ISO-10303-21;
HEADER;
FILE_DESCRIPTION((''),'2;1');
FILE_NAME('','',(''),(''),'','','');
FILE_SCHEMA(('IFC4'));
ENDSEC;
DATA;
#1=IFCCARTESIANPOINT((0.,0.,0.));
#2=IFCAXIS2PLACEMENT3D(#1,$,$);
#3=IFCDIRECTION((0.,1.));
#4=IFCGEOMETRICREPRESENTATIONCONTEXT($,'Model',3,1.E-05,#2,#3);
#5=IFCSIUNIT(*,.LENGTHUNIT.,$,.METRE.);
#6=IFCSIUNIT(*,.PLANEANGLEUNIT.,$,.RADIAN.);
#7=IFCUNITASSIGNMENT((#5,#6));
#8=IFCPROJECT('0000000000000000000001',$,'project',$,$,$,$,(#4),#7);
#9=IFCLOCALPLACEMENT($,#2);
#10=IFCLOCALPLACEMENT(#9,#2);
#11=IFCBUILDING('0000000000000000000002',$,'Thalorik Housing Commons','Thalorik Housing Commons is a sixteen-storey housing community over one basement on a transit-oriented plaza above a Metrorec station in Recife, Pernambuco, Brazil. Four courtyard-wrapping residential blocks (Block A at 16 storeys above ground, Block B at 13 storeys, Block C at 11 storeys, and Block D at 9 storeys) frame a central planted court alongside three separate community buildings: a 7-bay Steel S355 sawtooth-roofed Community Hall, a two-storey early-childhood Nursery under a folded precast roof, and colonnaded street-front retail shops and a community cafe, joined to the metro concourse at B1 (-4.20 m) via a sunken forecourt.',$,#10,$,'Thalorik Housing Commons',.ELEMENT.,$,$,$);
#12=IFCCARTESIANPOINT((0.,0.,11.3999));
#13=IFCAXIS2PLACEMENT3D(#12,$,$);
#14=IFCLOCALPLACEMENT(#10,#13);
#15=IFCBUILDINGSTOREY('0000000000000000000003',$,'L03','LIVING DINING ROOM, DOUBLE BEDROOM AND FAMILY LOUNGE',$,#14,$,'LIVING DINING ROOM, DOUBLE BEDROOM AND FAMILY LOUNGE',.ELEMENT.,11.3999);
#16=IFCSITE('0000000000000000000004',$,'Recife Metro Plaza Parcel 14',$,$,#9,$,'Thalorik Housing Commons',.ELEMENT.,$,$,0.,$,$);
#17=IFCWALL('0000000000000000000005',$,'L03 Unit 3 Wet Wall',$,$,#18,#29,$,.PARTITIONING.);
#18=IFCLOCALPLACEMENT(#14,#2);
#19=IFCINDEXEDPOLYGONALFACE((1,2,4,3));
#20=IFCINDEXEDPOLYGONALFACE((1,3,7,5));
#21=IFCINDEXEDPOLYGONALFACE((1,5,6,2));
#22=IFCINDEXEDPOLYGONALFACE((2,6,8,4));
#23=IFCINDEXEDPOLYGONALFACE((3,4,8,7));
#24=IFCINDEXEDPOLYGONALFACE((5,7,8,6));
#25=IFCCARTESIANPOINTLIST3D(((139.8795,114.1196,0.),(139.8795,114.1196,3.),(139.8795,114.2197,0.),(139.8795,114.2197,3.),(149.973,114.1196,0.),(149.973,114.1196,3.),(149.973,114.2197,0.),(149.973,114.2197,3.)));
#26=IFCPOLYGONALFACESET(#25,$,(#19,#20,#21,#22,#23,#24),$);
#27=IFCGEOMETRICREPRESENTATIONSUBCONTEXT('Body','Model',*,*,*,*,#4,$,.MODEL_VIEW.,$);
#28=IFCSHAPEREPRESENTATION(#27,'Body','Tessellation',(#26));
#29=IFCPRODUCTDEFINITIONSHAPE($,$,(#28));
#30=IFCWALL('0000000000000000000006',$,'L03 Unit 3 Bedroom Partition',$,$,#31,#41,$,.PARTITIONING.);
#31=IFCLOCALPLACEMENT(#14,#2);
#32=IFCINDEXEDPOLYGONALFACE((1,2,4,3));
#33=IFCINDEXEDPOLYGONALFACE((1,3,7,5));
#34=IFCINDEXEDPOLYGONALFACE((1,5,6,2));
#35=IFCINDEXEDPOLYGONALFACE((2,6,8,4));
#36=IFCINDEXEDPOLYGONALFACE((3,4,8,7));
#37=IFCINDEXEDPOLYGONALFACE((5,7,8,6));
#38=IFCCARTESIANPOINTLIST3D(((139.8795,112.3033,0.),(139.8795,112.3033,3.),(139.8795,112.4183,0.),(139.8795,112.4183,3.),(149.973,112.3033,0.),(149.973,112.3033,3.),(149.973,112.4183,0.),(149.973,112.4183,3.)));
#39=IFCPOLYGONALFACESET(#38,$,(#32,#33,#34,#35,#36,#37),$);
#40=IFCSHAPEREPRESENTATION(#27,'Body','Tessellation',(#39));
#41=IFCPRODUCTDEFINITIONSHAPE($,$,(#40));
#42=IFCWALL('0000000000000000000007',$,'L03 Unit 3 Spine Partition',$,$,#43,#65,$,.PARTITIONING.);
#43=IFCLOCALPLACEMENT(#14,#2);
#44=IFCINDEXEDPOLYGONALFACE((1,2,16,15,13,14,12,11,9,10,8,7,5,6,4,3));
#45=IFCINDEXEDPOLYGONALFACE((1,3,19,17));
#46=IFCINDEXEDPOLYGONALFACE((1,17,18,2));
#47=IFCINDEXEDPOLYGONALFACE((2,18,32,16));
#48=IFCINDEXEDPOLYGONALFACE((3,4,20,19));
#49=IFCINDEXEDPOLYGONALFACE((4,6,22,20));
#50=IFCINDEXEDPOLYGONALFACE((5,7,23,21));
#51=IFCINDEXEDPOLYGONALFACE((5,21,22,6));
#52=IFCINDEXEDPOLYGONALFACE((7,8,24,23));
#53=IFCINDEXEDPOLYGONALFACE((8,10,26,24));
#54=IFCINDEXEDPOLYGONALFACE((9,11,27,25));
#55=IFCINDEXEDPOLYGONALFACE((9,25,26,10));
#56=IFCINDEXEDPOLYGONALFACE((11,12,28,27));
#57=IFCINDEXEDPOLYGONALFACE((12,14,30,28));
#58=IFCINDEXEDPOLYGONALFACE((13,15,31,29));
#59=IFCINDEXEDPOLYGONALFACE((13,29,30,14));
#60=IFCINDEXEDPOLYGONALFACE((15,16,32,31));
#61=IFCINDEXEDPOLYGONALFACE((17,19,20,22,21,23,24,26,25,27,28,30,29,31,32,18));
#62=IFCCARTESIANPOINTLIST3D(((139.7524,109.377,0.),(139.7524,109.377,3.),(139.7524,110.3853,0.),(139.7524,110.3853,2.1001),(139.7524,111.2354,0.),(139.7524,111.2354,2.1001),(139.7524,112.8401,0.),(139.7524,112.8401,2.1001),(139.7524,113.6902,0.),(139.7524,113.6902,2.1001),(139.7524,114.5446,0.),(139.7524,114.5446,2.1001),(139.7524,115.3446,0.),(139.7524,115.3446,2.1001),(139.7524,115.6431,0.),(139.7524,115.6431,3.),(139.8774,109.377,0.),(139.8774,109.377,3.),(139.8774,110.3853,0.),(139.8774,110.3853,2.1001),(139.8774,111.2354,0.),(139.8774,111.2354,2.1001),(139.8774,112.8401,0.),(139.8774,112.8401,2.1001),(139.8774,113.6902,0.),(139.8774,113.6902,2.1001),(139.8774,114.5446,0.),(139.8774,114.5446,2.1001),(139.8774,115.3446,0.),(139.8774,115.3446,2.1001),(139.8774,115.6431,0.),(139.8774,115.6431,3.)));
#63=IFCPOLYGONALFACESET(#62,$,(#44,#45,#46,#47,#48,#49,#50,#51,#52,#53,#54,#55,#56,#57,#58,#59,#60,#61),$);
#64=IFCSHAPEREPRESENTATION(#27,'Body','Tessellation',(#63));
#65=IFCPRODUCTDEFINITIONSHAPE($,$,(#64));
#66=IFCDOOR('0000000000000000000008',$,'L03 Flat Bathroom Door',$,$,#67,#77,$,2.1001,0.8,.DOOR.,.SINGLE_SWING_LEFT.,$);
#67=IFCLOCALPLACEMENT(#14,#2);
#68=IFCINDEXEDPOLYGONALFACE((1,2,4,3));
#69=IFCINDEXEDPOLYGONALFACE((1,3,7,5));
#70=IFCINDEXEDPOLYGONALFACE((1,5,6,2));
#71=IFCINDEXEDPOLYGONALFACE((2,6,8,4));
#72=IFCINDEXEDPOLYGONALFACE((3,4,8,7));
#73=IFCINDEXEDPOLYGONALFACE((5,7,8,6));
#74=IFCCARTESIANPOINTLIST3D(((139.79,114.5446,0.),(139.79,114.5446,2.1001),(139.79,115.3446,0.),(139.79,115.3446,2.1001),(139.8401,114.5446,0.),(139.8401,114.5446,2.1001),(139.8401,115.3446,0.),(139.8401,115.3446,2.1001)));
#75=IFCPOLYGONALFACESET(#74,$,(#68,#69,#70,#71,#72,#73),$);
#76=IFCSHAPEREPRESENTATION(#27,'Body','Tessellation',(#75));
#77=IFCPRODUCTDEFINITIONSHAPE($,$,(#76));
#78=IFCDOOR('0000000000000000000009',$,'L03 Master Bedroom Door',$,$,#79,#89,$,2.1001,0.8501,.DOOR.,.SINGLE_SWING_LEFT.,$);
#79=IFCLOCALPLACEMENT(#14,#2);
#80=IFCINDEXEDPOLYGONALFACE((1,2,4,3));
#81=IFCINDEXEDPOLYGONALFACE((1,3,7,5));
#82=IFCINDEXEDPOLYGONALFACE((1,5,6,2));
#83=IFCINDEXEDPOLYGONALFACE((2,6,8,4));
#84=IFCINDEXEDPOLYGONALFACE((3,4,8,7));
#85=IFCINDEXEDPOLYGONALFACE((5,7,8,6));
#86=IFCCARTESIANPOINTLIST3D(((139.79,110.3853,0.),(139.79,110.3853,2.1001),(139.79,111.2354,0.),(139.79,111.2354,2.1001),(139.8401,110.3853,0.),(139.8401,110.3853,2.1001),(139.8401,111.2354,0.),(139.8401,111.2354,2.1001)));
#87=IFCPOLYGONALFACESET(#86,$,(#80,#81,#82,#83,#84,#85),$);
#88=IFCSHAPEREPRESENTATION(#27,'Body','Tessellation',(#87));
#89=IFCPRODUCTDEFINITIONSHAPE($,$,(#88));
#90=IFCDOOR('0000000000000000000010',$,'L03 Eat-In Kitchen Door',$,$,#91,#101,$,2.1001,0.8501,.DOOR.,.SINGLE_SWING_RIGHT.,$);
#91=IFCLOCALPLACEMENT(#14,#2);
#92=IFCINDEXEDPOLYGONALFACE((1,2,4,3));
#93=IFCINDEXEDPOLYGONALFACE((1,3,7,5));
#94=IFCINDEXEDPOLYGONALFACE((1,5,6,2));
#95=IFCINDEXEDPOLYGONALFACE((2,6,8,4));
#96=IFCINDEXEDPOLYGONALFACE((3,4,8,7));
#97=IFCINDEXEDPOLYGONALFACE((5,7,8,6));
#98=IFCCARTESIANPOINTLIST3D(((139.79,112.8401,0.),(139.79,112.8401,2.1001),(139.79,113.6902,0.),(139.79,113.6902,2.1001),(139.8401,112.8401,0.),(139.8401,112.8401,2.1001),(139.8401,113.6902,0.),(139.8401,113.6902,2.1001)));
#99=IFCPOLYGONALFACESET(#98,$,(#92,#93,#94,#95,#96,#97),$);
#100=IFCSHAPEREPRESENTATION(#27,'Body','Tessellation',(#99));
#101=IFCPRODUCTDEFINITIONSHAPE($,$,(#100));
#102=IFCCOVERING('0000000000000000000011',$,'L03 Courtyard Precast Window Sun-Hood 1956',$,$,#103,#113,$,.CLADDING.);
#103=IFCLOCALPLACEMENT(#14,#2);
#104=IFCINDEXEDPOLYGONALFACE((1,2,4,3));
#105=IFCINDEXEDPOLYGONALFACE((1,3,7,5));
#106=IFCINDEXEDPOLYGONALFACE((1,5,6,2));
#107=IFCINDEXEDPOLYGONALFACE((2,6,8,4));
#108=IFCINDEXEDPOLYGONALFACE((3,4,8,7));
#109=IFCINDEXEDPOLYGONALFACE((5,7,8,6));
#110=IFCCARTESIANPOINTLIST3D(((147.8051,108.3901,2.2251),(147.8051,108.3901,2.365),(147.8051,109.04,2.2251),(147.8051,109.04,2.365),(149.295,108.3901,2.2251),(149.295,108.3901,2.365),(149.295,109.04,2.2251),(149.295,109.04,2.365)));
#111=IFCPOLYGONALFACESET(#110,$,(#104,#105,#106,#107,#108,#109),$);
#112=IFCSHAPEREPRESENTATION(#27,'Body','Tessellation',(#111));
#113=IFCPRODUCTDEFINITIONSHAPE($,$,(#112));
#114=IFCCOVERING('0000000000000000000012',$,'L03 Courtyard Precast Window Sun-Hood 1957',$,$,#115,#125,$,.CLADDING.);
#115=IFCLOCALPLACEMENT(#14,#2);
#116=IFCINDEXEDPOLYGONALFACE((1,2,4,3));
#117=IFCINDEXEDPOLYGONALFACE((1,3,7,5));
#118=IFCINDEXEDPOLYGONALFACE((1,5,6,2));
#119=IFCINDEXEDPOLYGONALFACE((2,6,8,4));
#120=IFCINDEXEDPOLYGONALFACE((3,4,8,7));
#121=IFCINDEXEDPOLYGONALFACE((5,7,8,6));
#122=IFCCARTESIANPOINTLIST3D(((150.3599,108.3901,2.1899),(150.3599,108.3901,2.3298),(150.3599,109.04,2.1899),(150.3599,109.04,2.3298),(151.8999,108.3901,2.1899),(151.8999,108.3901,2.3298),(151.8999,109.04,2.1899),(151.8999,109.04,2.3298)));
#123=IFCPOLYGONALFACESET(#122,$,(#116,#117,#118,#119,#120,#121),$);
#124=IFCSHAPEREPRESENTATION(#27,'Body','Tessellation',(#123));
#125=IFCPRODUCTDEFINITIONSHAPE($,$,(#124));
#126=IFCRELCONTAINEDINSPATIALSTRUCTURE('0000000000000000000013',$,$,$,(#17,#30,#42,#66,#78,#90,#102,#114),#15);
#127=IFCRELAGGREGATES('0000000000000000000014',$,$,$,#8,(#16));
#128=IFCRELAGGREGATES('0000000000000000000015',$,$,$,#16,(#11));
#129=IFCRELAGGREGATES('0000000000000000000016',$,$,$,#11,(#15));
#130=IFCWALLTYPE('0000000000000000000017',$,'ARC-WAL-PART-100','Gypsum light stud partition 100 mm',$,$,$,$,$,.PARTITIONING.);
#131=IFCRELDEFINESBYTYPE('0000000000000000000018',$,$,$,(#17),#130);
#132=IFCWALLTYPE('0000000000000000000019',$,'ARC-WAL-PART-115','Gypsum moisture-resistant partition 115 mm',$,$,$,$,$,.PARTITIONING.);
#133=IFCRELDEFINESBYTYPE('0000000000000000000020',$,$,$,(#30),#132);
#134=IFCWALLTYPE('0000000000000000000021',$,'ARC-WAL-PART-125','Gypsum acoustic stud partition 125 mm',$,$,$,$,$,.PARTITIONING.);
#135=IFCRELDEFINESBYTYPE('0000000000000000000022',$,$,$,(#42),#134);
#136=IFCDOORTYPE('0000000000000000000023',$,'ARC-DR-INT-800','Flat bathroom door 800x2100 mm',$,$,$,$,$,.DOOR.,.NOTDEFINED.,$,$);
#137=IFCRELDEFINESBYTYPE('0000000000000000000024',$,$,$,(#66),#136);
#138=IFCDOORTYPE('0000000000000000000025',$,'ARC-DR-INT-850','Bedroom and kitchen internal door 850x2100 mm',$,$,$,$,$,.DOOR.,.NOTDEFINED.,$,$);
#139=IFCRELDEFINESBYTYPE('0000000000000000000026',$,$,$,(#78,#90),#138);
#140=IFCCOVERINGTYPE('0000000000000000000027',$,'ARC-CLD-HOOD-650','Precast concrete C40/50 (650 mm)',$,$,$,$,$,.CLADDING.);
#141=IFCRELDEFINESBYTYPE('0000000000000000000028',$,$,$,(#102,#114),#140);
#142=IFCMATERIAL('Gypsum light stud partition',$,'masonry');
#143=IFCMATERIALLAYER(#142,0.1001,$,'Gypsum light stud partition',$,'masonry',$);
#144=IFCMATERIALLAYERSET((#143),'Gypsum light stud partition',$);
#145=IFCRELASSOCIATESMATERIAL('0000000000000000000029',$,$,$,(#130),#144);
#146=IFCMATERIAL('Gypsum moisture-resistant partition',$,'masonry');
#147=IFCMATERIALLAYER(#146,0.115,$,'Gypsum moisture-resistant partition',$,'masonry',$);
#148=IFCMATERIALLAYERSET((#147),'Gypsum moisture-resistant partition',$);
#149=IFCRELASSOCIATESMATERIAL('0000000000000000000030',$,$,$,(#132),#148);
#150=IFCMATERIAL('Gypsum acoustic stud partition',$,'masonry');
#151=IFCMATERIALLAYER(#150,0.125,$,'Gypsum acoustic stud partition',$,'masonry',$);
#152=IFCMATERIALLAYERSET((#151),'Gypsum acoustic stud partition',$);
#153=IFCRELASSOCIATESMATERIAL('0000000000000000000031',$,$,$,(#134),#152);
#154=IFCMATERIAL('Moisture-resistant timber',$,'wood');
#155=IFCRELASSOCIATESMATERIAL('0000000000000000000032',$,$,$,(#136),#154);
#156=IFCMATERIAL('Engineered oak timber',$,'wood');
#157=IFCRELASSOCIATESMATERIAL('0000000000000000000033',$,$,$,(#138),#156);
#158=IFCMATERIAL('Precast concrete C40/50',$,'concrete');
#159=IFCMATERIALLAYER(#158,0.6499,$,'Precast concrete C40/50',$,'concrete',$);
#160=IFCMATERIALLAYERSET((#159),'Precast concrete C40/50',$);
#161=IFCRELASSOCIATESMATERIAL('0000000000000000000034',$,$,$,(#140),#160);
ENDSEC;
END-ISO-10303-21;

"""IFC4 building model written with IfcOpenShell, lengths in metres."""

from ifc_helpers import new_model, si_unit, direction, frame, frame_2d, origin, origin_2d, place, context, subcontext, project, spatial, rectangle, extrude, material, layer, layer_set, type_object, element, fill, save


model = new_model("IFC4")

# Units and contexts
model_context = context("Model", 3, precision=1e-05, world=origin(), true_north=direction((0.0, 1.0)))
body_context = subcontext(model_context, "Body", "Model", "MODEL_VIEW")
ifc_project = project(units=[si_unit("LENGTHUNIT", "METRE"), si_unit("PLANEANGLEUNIT", "RADIAN")], contexts=[model_context])

# Site, building, storey
site_placement = place(None, origin())
site = spatial("IfcSite", under=ifc_project, at=site_placement, Name="Recife Metro Plaza Parcel 14", LongName="Thalorik Housing Commons", CompositionType="ELEMENT", RefElevation=0.0)
building_placement = place(site_placement, origin())
building = spatial("IfcBuilding", under=site, at=building_placement, Name="Thalorik Housing Commons", Description="Thalorik Housing Commons is a sixteen-storey housing community over one basement on a transit-oriented plaza above a Metrorec station in Recife, Pernambuco, Brazil. Four courtyard-wrapping residential blocks (Block A at 16 storeys above ground, Block B at 13 storeys, Block C at 11 storeys, and Block D at 9 storeys) frame a central planted court alongside three separate community buildings: a 7-bay Steel S355 sawtooth-roofed Community Hall, a two-storey early-childhood Nursery under a folded precast roof, and colonnaded street-front retail shops and a community cafe, joined to the metro concourse at B1 (-4.20 m) via a sunken forecourt.", LongName="Thalorik Housing Commons", CompositionType="ELEMENT")
storey_placement = place(building_placement, frame((0.0, 0.0, 11.3999)))
storey = spatial("IfcBuildingStorey", under=building, at=storey_placement, Name="L03", Description="LIVING DINING ROOM, DOUBLE BEDROOM AND FAMILY LOUNGE", LongName="LIVING DINING ROOM, DOUBLE BEDROOM AND FAMILY LOUNGE", CompositionType="ELEMENT", Elevation=11.3999)

# Shared definitions
ifc_material_1 = material(Name="Precast concrete C40/50", Category="concrete")

# Walls
ifc_material_2 = material(Name="Gypsum light stud partition", Category="masonry")
ifc_layer_1 = layer(ifc_material_2, 0.1001, Name="Gypsum light stud partition", Category="masonry")
ifc_layer_set_1 = layer_set([ifc_layer_1], Name="Gypsum light stud partition")
wall_type_1 = type_object("IfcWallType", Name="ARC-WAL-PART-100", Description="Gypsum light stud partition 100 mm", PredefinedType="PARTITIONING", material=ifc_layer_set_1)
wall_1_placement = place(storey_placement, frame((139.8794, 114.1697, 0.0), z_axis=(0.0, 0.0, 1.0), x_axis=(1.0, 0.0, 0.0)))
element("IfcWall", 1, at=wall_1_placement, inside=storey, type_object=wall_type_1, Name="L03 Unit 3 Wet Wall", PredefinedType="PARTITIONING", context=body_context, shape_type="SweptSolid", body=[
    extrude(rectangle(XDim=10.0935, YDim=0.1001, at=frame_2d((5.0469, 0.0))), origin(), (0.0, 0.0, 1.0), 3.0),
])
ifc_material_3 = material(Name="Gypsum moisture-resistant partition", Category="masonry")
ifc_layer_2 = layer(ifc_material_3, 0.115, Name="Gypsum moisture-resistant partition", Category="masonry")
ifc_layer_set_2 = layer_set([ifc_layer_2], Name="Gypsum moisture-resistant partition")
wall_type_2 = type_object("IfcWallType", Name="ARC-WAL-PART-115", Description="Gypsum moisture-resistant partition 115 mm", PredefinedType="PARTITIONING", material=ifc_layer_set_2)
wall_2_placement = place(storey_placement, frame((139.8794, 112.3608, 0.0), z_axis=(0.0, 0.0, 1.0), x_axis=(1.0, 0.0, 0.0)))
element("IfcWall", 2, at=wall_2_placement, inside=storey, type_object=wall_type_2, Name="L03 Unit 3 Bedroom Partition", PredefinedType="PARTITIONING", context=body_context, shape_type="SweptSolid", body=[
    extrude(rectangle(XDim=10.0935, YDim=0.115, at=frame_2d((5.0469, 0.0))), origin(), (0.0, 0.0, 1.0), 3.0),
])

# Wall, openings, doors
ifc_material_4 = material(Name="Gypsum acoustic stud partition", Category="masonry")
ifc_layer_3 = layer(ifc_material_4, 0.125, Name="Gypsum acoustic stud partition", Category="masonry")
ifc_layer_set_3 = layer_set([ifc_layer_3], Name="Gypsum acoustic stud partition")
wall_type_3 = type_object("IfcWallType", Name="ARC-WAL-PART-125", Description="Gypsum acoustic stud partition 125 mm", PredefinedType="PARTITIONING", material=ifc_layer_set_3)
wall_3_placement = place(storey_placement, frame((139.8149, 109.377, 0.0), z_axis=(0.0, 0.0, 1.0), x_axis=(0.0, 1.0, 0.0)))
wall_3 = element("IfcWall", 3, at=wall_3_placement, inside=storey, type_object=wall_type_3, Name="L03 Unit 3 Spine Partition", PredefinedType="PARTITIONING", context=body_context, shape_type="SweptSolid", body=[
    extrude(rectangle(XDim=6.2661, YDim=0.125, at=frame_2d((3.1331, 0.0))), origin(), (0.0, 0.0, 1.0), 3.0),
])
opening_1_placement = place(wall_3_placement, frame((1.0083, 0.0, 0.0)))
opening_1 = element("IfcOpeningElement", 4, at=opening_1_placement, cuts=wall_3, PredefinedType="OPENING", context=body_context, shape_type="SweptSolid", body=[
    extrude(rectangle(XDim=0.8501, YDim=2.1001, at=frame_2d((0.425, 1.05))), frame((0.0, 0.0725, 0.0), z_axis=(0.0, -1.0, 0.0), x_axis=(1.0, 0.0, 0.0)), (0.0, 0.0, 1.0), 0.145),
])
opening_2_placement = place(wall_3_placement, frame((3.4631, 0.0, 0.0)))
opening_2 = element("IfcOpeningElement", 5, at=opening_2_placement, cuts=wall_3, PredefinedType="OPENING", context=body_context, shape_type="SweptSolid", body=[
    extrude(rectangle(XDim=0.8501, YDim=2.1001, at=frame_2d((0.425, 1.05))), frame((0.0, 0.0725, 0.0), z_axis=(0.0, -1.0, 0.0), x_axis=(1.0, 0.0, 0.0)), (0.0, 0.0, 1.0), 0.145),
])
opening_3_placement = place(wall_3_placement, frame((5.1677, 0.0, 0.0)))
opening_3 = element("IfcOpeningElement", 6, at=opening_3_placement, cuts=wall_3, PredefinedType="OPENING", context=body_context, shape_type="SweptSolid", body=[
    extrude(rectangle(XDim=0.8, YDim=2.1001, at=frame_2d((0.3999, 1.05))), frame((0.0, 0.0725, 0.0), z_axis=(0.0, -1.0, 0.0), x_axis=(1.0, 0.0, 0.0)), (0.0, 0.0, 1.0), 0.145),
])
ifc_material_5 = material(Name="Moisture-resistant timber", Category="wood")
door_type_1 = type_object("IfcDoorType", Name="ARC-DR-INT-800", Description="Flat bathroom door 800x2100 mm", OperationType="NOTDEFINED", PredefinedType="DOOR", material=ifc_material_5)
door_1_placement = place(opening_3_placement, origin())
door_1 = element("IfcDoor", 7, at=door_1_placement, inside=storey, type_object=door_type_1, Name="L03 Flat Bathroom Door", OperationType="SINGLE_SWING_LEFT", OverallHeight=2.1001, OverallWidth=0.8, PredefinedType="DOOR", context=body_context, shape_type="SweptSolid", body=[
    extrude(rectangle(XDim=0.8, YDim=2.1001, at=frame_2d((0.3999, 1.05))), frame((0.0, 0.0249, 0.0), z_axis=(0.0, -1.0, 0.0), x_axis=(1.0, 0.0, 0.0)), (0.0, 0.0, 1.0), 0.05),
])
fill(opening_3, door_1)
ifc_material_6 = material(Name="Engineered oak timber", Category="wood")
door_type_2 = type_object("IfcDoorType", Name="ARC-DR-INT-850", Description="Bedroom and kitchen internal door 850x2100 mm", OperationType="NOTDEFINED", PredefinedType="DOOR", material=ifc_material_6)
door_2_placement = place(opening_1_placement, origin())
door_2 = element("IfcDoor", 8, at=door_2_placement, inside=storey, type_object=door_type_2, Name="L03 Master Bedroom Door", OperationType="SINGLE_SWING_LEFT", OverallHeight=2.1001, OverallWidth=0.8501, PredefinedType="DOOR", context=body_context, shape_type="SweptSolid", body=[
    extrude(rectangle(XDim=0.8501, YDim=2.1001, at=frame_2d((0.425, 1.05))), frame((0.0, 0.0249, 0.0), z_axis=(0.0, -1.0, 0.0), x_axis=(1.0, 0.0, 0.0)), (0.0, 0.0, 1.0), 0.05),
])
fill(opening_1, door_2)
door_3_placement = place(opening_2_placement, origin())
door_3 = element("IfcDoor", 9, at=door_3_placement, inside=storey, type_object=door_type_2, Name="L03 Eat-In Kitchen Door", OperationType="SINGLE_SWING_RIGHT", OverallHeight=2.1001, OverallWidth=0.8501, PredefinedType="DOOR", context=body_context, shape_type="SweptSolid", body=[
    extrude(rectangle(XDim=0.8501, YDim=2.1001, at=frame_2d((0.425, 1.05))), frame((0.0, 0.0249, 0.0), z_axis=(0.0, -1.0, 0.0), x_axis=(1.0, 0.0, 0.0)), (0.0, 0.0, 1.0), 0.05),
])
fill(opening_2, door_3)

# Coverings
ifc_layer_4 = layer(ifc_material_1, 0.6499, Name="Precast concrete C40/50", Category="concrete")
ifc_layer_set_4 = layer_set([ifc_layer_4], Name="Precast concrete C40/50")
covering_type = type_object("IfcCoveringType", Name="ARC-CLD-HOOD-650", Description="Precast concrete C40/50 (650 mm)", PredefinedType="CLADDING", material=ifc_layer_set_4)
covering_1_placement = place(storey_placement, frame((148.55, 108.7151, 2.2251), z_axis=(0.0, 0.0, 1.0), x_axis=(1.0, 0.0, 0.0)))
element("IfcCovering", 10, at=covering_1_placement, inside=storey, type_object=covering_type, Name="L03 Courtyard Precast Window Sun-Hood 1956", PredefinedType="CLADDING", context=body_context, shape_type="SweptSolid", body=[
    extrude(rectangle(XDim=1.49, YDim=0.6499, at=origin_2d()), origin(), (0.0, 0.0, 1.0), 0.1399),
])
covering_2_placement = place(storey_placement, frame((151.1299, 108.7151, 2.1899), z_axis=(0.0, 0.0, 1.0), x_axis=(1.0, 0.0, 0.0)))
element("IfcCovering", 11, at=covering_2_placement, inside=storey, type_object=covering_type, Name="L03 Courtyard Precast Window Sun-Hood 1957", PredefinedType="CLADDING", context=body_context, shape_type="SweptSolid", body=[
    extrude(rectangle(XDim=1.54, YDim=0.6499, at=origin_2d()), origin(), (0.0, 0.0, 1.0), 0.1399),
])

save(model, "model.ifc")
